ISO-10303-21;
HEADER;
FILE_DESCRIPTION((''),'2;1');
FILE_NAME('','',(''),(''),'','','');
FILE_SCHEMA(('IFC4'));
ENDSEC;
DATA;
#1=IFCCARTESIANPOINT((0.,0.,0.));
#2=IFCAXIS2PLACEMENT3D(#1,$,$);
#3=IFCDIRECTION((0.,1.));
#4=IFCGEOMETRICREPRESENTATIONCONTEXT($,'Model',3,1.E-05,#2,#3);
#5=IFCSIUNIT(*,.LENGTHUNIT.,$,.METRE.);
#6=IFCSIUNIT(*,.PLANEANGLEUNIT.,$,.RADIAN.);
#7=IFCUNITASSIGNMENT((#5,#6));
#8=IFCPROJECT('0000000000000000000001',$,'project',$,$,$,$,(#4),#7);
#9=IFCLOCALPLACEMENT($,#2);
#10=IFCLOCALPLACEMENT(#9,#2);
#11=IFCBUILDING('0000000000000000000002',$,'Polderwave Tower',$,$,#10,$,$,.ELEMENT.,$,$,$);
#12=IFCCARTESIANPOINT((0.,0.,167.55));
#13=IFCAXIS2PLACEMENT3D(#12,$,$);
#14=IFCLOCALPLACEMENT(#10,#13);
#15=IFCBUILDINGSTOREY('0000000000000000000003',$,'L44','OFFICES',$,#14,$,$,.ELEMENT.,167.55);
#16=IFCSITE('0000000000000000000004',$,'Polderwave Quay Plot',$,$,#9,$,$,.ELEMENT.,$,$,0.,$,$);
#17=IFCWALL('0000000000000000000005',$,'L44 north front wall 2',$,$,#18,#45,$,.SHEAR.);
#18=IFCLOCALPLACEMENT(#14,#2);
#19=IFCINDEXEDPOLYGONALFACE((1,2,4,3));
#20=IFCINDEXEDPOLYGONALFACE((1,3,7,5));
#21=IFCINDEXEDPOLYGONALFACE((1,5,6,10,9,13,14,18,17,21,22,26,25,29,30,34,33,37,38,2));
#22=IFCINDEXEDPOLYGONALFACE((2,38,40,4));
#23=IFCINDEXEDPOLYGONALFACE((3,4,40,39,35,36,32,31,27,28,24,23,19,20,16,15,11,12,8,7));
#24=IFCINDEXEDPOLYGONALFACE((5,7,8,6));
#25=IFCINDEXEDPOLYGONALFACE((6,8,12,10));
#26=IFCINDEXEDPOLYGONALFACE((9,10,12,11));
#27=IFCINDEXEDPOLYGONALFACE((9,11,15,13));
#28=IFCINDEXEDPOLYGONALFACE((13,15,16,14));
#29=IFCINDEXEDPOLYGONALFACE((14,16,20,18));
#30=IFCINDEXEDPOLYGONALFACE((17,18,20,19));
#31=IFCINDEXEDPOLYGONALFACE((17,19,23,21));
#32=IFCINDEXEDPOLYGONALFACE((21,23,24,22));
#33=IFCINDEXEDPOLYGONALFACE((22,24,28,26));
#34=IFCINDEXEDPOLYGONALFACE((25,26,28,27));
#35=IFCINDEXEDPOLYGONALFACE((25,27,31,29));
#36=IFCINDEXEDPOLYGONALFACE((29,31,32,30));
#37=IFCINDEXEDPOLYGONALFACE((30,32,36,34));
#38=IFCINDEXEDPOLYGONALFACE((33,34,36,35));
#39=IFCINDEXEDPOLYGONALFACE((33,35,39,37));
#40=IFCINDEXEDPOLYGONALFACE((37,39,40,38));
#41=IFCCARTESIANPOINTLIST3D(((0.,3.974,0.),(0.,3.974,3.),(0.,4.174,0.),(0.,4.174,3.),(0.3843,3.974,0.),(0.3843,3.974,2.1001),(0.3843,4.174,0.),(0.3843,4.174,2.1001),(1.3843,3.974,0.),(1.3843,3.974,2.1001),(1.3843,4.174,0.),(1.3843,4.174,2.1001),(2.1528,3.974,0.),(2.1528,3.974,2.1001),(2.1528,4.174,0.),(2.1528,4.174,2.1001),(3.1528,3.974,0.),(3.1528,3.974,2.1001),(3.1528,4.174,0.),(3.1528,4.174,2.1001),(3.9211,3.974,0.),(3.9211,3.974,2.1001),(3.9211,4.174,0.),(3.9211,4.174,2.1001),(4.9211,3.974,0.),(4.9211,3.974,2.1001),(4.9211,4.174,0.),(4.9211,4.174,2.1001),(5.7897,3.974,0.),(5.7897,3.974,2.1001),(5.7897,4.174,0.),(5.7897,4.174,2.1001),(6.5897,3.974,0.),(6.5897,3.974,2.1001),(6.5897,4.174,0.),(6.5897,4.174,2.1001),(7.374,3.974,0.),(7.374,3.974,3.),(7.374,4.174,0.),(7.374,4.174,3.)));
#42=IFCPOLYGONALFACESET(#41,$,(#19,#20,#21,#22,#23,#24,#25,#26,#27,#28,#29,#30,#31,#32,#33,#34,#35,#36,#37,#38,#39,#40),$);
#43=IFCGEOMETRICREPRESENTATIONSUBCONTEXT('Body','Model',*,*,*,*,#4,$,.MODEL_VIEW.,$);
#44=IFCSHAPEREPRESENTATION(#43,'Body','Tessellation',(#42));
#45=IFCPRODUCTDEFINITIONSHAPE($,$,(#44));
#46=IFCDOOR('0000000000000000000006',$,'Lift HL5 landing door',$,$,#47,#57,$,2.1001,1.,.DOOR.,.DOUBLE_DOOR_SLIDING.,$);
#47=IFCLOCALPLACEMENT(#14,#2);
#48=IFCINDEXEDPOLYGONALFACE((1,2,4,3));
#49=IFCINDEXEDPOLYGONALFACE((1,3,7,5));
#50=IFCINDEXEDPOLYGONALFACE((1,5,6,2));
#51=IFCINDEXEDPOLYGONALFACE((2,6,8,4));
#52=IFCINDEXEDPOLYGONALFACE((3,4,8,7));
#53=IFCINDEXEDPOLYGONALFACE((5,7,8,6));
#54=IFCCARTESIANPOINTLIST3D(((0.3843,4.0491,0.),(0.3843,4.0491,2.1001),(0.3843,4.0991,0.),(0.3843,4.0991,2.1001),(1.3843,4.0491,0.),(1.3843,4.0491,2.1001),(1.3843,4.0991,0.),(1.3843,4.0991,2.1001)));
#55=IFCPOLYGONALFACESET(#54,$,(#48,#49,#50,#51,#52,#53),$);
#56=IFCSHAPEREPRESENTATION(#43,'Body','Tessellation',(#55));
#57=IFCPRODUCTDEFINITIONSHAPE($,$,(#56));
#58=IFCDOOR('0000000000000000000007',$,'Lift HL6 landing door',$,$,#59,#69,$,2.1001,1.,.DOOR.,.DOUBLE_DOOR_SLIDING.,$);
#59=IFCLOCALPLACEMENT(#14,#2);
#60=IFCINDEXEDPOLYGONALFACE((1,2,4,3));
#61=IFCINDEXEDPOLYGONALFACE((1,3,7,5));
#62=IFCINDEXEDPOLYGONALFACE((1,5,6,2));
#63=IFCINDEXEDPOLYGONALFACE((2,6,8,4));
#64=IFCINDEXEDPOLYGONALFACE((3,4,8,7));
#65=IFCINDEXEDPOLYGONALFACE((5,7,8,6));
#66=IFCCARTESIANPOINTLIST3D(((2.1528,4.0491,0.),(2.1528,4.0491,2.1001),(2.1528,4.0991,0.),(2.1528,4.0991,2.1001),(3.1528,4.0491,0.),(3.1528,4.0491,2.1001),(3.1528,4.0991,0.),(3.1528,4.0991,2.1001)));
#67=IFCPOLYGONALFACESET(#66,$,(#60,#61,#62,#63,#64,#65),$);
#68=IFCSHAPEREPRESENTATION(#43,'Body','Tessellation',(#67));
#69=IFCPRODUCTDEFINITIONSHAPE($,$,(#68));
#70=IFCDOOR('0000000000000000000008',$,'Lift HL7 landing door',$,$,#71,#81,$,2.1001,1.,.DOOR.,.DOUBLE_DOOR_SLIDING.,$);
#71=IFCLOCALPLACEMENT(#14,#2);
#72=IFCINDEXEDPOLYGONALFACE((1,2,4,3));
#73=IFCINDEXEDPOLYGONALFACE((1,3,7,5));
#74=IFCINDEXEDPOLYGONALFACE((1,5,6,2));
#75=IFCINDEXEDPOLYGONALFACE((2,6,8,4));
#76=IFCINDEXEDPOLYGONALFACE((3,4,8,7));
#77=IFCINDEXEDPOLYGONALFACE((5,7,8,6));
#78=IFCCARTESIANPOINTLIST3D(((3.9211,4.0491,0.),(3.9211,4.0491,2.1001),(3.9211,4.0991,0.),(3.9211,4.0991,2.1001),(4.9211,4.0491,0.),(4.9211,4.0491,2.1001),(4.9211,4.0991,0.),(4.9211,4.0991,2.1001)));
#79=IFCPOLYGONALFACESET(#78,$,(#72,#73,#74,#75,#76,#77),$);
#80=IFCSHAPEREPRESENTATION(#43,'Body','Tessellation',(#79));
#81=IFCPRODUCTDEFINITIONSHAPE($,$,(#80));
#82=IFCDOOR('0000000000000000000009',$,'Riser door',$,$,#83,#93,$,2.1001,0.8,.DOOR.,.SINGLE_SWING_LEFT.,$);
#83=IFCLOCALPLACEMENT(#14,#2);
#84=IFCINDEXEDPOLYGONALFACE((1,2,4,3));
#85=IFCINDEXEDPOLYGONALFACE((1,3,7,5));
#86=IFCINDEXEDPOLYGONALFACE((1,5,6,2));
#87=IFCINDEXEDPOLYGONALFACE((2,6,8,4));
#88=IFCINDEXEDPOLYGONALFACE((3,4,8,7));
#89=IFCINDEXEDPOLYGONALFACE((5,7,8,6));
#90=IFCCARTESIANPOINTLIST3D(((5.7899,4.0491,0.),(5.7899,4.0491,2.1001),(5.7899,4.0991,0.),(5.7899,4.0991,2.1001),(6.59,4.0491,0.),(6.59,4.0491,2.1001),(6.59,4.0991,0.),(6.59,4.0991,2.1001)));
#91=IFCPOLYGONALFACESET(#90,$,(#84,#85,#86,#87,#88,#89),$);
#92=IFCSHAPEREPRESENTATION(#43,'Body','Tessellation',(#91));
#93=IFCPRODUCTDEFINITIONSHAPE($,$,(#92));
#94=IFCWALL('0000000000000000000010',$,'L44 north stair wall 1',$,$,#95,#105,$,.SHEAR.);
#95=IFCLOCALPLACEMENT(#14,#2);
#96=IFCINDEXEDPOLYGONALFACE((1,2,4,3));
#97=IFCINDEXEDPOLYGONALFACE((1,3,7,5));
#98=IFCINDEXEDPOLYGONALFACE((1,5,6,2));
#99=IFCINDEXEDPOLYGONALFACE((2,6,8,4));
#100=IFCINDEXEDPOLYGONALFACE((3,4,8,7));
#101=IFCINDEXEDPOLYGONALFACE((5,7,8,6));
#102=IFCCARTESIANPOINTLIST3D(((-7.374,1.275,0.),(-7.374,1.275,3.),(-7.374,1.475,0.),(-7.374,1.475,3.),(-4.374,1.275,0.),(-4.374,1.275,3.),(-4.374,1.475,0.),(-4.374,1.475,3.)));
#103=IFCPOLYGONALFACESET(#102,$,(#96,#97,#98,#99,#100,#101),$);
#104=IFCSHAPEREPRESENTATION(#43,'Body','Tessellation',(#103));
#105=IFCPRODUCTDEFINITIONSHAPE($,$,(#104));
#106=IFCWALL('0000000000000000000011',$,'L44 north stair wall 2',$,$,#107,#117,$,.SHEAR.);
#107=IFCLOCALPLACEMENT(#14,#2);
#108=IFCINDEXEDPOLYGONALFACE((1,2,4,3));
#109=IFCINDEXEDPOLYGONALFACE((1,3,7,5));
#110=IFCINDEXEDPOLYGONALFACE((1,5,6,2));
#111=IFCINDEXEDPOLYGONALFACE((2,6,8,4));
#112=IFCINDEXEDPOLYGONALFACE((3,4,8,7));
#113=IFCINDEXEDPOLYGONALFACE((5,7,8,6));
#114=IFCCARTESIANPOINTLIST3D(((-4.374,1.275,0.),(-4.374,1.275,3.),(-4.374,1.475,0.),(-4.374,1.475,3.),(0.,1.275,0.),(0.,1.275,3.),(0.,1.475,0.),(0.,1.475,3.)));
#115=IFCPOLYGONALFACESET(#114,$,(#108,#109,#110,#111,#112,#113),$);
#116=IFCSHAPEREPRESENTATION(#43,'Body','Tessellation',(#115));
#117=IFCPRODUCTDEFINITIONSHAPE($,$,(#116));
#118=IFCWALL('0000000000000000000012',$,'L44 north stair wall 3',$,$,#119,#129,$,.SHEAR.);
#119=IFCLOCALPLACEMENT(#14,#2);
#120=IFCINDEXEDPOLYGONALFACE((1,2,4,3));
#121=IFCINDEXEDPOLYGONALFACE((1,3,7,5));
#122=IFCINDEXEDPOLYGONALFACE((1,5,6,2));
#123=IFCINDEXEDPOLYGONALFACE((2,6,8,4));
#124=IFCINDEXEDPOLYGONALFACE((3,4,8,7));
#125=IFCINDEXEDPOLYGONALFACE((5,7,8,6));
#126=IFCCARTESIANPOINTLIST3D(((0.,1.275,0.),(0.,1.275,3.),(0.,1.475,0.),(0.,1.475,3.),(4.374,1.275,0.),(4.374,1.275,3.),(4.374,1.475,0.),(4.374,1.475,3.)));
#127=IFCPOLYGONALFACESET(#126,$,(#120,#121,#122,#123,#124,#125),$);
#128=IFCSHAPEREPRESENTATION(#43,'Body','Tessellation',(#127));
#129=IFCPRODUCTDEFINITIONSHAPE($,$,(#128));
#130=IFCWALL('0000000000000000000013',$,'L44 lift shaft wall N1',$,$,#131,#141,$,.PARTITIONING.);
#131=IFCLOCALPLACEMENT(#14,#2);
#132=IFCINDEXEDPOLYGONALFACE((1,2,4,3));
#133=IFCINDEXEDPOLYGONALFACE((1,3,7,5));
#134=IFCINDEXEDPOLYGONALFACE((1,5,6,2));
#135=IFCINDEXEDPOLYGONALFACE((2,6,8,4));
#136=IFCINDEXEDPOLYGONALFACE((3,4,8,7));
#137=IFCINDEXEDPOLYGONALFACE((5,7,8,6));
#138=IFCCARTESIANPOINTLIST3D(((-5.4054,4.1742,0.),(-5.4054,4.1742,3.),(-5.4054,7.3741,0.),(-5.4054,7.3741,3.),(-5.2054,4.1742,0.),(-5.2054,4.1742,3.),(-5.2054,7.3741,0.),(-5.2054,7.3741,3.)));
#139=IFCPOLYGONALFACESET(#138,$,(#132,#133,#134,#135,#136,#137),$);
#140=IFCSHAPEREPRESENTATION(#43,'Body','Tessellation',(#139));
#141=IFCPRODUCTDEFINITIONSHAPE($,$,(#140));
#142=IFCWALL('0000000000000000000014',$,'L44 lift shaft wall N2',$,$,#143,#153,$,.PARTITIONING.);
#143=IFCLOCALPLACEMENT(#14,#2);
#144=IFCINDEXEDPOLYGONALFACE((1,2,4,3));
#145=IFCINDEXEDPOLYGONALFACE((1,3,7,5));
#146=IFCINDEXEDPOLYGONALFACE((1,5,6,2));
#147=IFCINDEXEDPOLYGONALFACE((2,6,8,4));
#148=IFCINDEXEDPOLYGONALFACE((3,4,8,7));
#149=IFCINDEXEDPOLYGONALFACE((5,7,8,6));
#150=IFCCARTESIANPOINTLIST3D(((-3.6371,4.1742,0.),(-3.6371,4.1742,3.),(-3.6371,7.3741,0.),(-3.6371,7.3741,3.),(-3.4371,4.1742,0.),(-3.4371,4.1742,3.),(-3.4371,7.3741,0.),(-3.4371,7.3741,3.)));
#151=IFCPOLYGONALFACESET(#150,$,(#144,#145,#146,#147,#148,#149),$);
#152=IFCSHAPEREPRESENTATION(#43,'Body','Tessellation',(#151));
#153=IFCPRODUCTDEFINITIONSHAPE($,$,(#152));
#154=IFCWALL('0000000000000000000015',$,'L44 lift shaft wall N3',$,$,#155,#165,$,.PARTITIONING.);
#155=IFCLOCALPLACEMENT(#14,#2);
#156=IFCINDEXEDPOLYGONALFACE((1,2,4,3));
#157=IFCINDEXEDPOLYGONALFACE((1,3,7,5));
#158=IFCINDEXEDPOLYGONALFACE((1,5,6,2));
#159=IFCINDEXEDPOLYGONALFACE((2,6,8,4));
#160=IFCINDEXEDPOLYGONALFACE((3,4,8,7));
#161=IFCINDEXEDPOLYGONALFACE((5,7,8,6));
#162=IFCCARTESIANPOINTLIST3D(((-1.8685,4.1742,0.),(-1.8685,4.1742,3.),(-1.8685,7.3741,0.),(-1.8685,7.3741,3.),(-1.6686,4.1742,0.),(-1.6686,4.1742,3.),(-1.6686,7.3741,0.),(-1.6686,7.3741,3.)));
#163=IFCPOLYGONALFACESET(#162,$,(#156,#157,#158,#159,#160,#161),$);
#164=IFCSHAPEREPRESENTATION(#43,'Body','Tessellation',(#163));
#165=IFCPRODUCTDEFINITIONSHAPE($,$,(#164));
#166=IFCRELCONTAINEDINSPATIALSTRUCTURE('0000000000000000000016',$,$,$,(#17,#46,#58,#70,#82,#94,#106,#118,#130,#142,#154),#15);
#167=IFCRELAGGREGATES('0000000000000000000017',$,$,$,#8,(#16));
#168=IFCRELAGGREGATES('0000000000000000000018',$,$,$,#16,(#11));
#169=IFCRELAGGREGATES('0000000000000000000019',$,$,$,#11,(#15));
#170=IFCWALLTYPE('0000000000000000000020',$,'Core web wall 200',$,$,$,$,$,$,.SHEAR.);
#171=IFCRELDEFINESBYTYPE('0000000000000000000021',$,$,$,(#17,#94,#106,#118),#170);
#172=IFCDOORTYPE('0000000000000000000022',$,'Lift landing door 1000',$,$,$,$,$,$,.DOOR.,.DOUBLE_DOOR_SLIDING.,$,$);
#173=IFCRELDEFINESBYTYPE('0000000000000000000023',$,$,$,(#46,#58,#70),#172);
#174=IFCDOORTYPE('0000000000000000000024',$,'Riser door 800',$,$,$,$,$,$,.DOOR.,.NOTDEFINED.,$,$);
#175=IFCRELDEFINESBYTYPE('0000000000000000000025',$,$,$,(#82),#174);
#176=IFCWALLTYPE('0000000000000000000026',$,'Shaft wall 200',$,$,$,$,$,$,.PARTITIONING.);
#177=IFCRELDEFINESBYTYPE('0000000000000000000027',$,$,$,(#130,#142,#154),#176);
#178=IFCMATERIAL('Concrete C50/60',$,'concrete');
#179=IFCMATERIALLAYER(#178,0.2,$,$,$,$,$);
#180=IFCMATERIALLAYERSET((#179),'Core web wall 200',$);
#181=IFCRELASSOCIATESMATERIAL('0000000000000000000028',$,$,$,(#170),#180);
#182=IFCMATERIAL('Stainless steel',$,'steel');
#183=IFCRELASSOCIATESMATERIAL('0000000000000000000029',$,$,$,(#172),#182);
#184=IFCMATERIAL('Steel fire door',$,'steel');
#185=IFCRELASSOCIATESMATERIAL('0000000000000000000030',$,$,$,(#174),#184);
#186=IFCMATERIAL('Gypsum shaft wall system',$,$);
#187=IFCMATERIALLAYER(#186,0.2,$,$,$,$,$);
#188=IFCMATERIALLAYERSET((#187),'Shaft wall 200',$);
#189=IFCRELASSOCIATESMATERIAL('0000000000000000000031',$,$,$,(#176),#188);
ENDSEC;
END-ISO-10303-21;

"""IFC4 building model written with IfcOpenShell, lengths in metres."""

from ifc_helpers import new_model, si_unit, direction, frame, frame_2d, origin, place, context, subcontext, project, spatial, rectangle, extrude, material, layer, layer_set, type_object, element, fill, save


model = new_model("IFC4")

# Units and contexts
model_context = context("Model", 3, precision=1e-05, world=origin(), true_north=direction((0.0, 1.0)))
body_context = subcontext(model_context, "Body", "Model", "MODEL_VIEW")
ifc_project = project(units=[si_unit("LENGTHUNIT", "METRE"), si_unit("PLANEANGLEUNIT", "RADIAN")], contexts=[model_context])

# Site, building, storey
site_placement = place(None, origin())
site = spatial("IfcSite", under=ifc_project, at=site_placement, Name="Polderwave Quay Plot", CompositionType="ELEMENT", RefElevation=0.0)
building_placement = place(site_placement, origin())
building = spatial("IfcBuilding", under=site, at=building_placement, Name="Polderwave Tower", CompositionType="ELEMENT")
storey_placement = place(building_placement, frame((0.0, 0.0, 167.55)))
storey = spatial("IfcBuildingStorey", under=building, at=storey_placement, Name="L44", Description="OFFICES", CompositionType="ELEMENT", Elevation=167.55)

# Wall, openings, doors
ifc_material_1 = material(Name="Concrete C50/60", Category="concrete")
ifc_layer_1 = layer(ifc_material_1, 0.2)
ifc_layer_set_1 = layer_set([ifc_layer_1], Name="Core web wall 200")
wall_type_1 = type_object("IfcWallType", Name="Core web wall 200", PredefinedType="SHEAR", material=ifc_layer_set_1)
ifc_material_2 = material(Name="Stainless steel", Category="steel")
door_type_1 = type_object("IfcDoorType", Name="Lift landing door 1000", OperationType="DOUBLE_DOOR_SLIDING", PredefinedType="DOOR", material=ifc_material_2)
wall_1_placement = place(storey_placement, frame((0.0, 4.074, 0.0), z_axis=(0.0, 0.0, 1.0), x_axis=(1.0, 0.0, 0.0)))
wall_1 = element("IfcWall", 1, at=wall_1_placement, inside=storey, type_object=wall_type_1, Name="L44 north front wall 2", PredefinedType="SHEAR", context=body_context, shape_type="SweptSolid", body=[
    extrude(rectangle(XDim=7.374, YDim=0.2, at=frame_2d((3.687, 0.0))), origin(), (0.0, 0.0, 1.0), 3.0),
])
opening_1_placement = place(wall_1_placement, frame((0.3843, 0.0, 0.0)))
opening_1 = element("IfcOpeningElement", 2, at=opening_1_placement, cuts=wall_1, PredefinedType="OPENING", context=body_context, shape_type="SweptSolid", body=[
    extrude(rectangle(XDim=1.0, YDim=2.1001, at=frame_2d((0.5, 1.05))), frame((0.0, 0.1099, 0.0), z_axis=(0.0, -1.0, 0.0), x_axis=(1.0, 0.0, 0.0)), (0.0, 0.0, 1.0), 0.22),
])
opening_2_placement = place(wall_1_placement, frame((2.1528, 0.0, 0.0)))
opening_2 = element("IfcOpeningElement", 3, at=opening_2_placement, cuts=wall_1, PredefinedType="OPENING", context=body_context, shape_type="SweptSolid", body=[
    extrude(rectangle(XDim=1.0, YDim=2.1001, at=frame_2d((0.5, 1.05))), frame((0.0, 0.1099, 0.0), z_axis=(0.0, -1.0, 0.0), x_axis=(1.0, 0.0, 0.0)), (0.0, 0.0, 1.0), 0.22),
])
opening_3_placement = place(wall_1_placement, frame((3.9211, 0.0, 0.0)))
opening_3 = element("IfcOpeningElement", 4, at=opening_3_placement, cuts=wall_1, PredefinedType="OPENING", context=body_context, shape_type="SweptSolid", body=[
    extrude(rectangle(XDim=1.0, YDim=2.1001, at=frame_2d((0.5, 1.05))), frame((0.0, 0.1099, 0.0), z_axis=(0.0, -1.0, 0.0), x_axis=(1.0, 0.0, 0.0)), (0.0, 0.0, 1.0), 0.22),
])
opening_4_placement = place(wall_1_placement, frame((5.7898, 0.0, 0.0)))
opening_4 = element("IfcOpeningElement", 5, at=opening_4_placement, cuts=wall_1, PredefinedType="OPENING", context=body_context, shape_type="SweptSolid", body=[
    extrude(rectangle(XDim=0.8, YDim=2.1001, at=frame_2d((0.3999, 1.05))), frame((0.0, 0.1099, 0.0), z_axis=(0.0, -1.0, 0.0), x_axis=(1.0, 0.0, 0.0)), (0.0, 0.0, 1.0), 0.22),
])
door_1_placement = place(opening_1_placement, frame((1.0, 0.0, 0.0), z_axis=(0.0, 0.0, 1.0), x_axis=(-1.0, 0.0, 0.0)))
door_1 = element("IfcDoor", 6, at=door_1_placement, inside=storey, type_object=door_type_1, Name="Lift HL5 landing door", OperationType="DOUBLE_DOOR_SLIDING", OverallHeight=2.1001, OverallWidth=1.0, PredefinedType="DOOR", context=body_context, shape_type="SweptSolid", body=[
    extrude(rectangle(XDim=1.0, YDim=2.1001, at=frame_2d((0.5, 1.05))), frame((0.0, 0.0249, 0.0), z_axis=(0.0, -1.0, 0.0), x_axis=(1.0, 0.0, 0.0)), (0.0, 0.0, 1.0), 0.05),
])
fill(opening_1, door_1)
door_2_placement = place(opening_2_placement, frame((1.0, 0.0, 0.0), z_axis=(0.0, 0.0, 1.0), x_axis=(-1.0, 0.0, 0.0)))
door_2 = element("IfcDoor", 7, at=door_2_placement, inside=storey, type_object=door_type_1, Name="Lift HL6 landing door", OperationType="DOUBLE_DOOR_SLIDING", OverallHeight=2.1001, OverallWidth=1.0, PredefinedType="DOOR", context=body_context, shape_type="SweptSolid", body=[
    extrude(rectangle(XDim=1.0, YDim=2.1001, at=frame_2d((0.5, 1.05))), frame((0.0, 0.0249, 0.0), z_axis=(0.0, -1.0, 0.0), x_axis=(1.0, 0.0, 0.0)), (0.0, 0.0, 1.0), 0.05),
])
fill(opening_2, door_2)
door_3_placement = place(opening_3_placement, frame((1.0, 0.0, 0.0), z_axis=(0.0, 0.0, 1.0), x_axis=(-1.0, 0.0, 0.0)))
door_3 = element("IfcDoor", 8, at=door_3_placement, inside=storey, type_object=door_type_1, Name="Lift HL7 landing door", OperationType="DOUBLE_DOOR_SLIDING", OverallHeight=2.1001, OverallWidth=1.0, PredefinedType="DOOR", context=body_context, shape_type="SweptSolid", body=[
    extrude(rectangle(XDim=1.0, YDim=2.1001, at=frame_2d((0.5, 1.05))), frame((0.0, 0.0249, 0.0), z_axis=(0.0, -1.0, 0.0), x_axis=(1.0, 0.0, 0.0)), (0.0, 0.0, 1.0), 0.05),
])
fill(opening_3, door_3)
ifc_material_3 = material(Name="Steel fire door", Category="steel")
door_type_2 = type_object("IfcDoorType", Name="Riser door 800", OperationType="NOTDEFINED", PredefinedType="DOOR", material=ifc_material_3)
door_4_placement = place(opening_4_placement, frame((0.8, 0.0, 0.0), z_axis=(0.0, 0.0, 1.0), x_axis=(-1.0, 0.0, 0.0)))
door_4 = element("IfcDoor", 9, at=door_4_placement, inside=storey, type_object=door_type_2, Name="Riser door", OperationType="SINGLE_SWING_LEFT", OverallHeight=2.1001, OverallWidth=0.8, PredefinedType="DOOR", context=body_context, shape_type="SweptSolid", body=[
    extrude(rectangle(XDim=0.8, YDim=2.1001, at=frame_2d((0.3999, 1.05))), frame((0.0, 0.0249, 0.0), z_axis=(0.0, -1.0, 0.0), x_axis=(1.0, 0.0, 0.0)), (0.0, 0.0, 1.0), 0.05),
])
fill(opening_4, door_4)

# Walls
wall_2_placement = place(storey_placement, frame((-7.374, 1.375, 0.0), z_axis=(0.0, 0.0, 1.0), x_axis=(1.0, 0.0, 0.0)))
element("IfcWall", 10, at=wall_2_placement, inside=storey, type_object=wall_type_1, Name="L44 north stair wall 1", PredefinedType="SHEAR", context=body_context, shape_type="SweptSolid", body=[
    extrude(rectangle(XDim=3.0, YDim=0.2, at=frame_2d((1.5, 0.0))), origin(), (0.0, 0.0, 1.0), 3.0),
])
for number, where, z_axis, x_axis, name in (
    (11, (-4.374, 1.375, 0.0), (0.0, 0.0, 1.0), (1.0, 0.0, 0.0), "L44 north stair wall 2"),
    (12, (0.0, 1.375, 0.0), (0.0, 0.0, 1.0), (1.0, 0.0, 0.0), "L44 north stair wall 3"),
):
    element("IfcWall", number, at=place(storey_placement, frame(where, z_axis=z_axis, x_axis=x_axis)), inside=storey, type_object=wall_type_1, Name=name, PredefinedType="SHEAR", context=body_context, shape_type="SweptSolid", body=[
        extrude(rectangle(XDim=4.374, YDim=0.2, at=frame_2d((2.187, 0.0))), origin(), (0.0, 0.0, 1.0), 3.0),
    ])
ifc_material_4 = material(Name="Gypsum shaft wall system")
ifc_layer_2 = layer(ifc_material_4, 0.2)
ifc_layer_set_2 = layer_set([ifc_layer_2], Name="Shaft wall 200")
wall_type_2 = type_object("IfcWallType", Name="Shaft wall 200", PredefinedType="PARTITIONING", material=ifc_layer_set_2)
for number, where, z_axis, x_axis, name in (
    (13, (-5.3054, 4.1741, 0.0), (0.0, 0.0, 1.0), (0.0, 1.0, 0.0), "L44 lift shaft wall N1"),
    (14, (-3.5371, 4.1741, 0.0), (0.0, 0.0, 1.0), (0.0, 1.0, 0.0), "L44 lift shaft wall N2"),
    (15, (-1.7686, 4.1741, 0.0), (0.0, 0.0, 1.0), (0.0, 1.0, 0.0), "L44 lift shaft wall N3"),
):
    element("IfcWall", number, at=place(storey_placement, frame(where, z_axis=z_axis, x_axis=x_axis)), inside=storey, type_object=wall_type_2, Name=name, PredefinedType="PARTITIONING", context=body_context, shape_type="SweptSolid", body=[
        extrude(rectangle(XDim=3.2, YDim=0.2, at=frame_2d((1.6001, 0.0))), origin(), (0.0, 0.0, 1.0), 3.0),
    ])

save(model, "model.ifc")
